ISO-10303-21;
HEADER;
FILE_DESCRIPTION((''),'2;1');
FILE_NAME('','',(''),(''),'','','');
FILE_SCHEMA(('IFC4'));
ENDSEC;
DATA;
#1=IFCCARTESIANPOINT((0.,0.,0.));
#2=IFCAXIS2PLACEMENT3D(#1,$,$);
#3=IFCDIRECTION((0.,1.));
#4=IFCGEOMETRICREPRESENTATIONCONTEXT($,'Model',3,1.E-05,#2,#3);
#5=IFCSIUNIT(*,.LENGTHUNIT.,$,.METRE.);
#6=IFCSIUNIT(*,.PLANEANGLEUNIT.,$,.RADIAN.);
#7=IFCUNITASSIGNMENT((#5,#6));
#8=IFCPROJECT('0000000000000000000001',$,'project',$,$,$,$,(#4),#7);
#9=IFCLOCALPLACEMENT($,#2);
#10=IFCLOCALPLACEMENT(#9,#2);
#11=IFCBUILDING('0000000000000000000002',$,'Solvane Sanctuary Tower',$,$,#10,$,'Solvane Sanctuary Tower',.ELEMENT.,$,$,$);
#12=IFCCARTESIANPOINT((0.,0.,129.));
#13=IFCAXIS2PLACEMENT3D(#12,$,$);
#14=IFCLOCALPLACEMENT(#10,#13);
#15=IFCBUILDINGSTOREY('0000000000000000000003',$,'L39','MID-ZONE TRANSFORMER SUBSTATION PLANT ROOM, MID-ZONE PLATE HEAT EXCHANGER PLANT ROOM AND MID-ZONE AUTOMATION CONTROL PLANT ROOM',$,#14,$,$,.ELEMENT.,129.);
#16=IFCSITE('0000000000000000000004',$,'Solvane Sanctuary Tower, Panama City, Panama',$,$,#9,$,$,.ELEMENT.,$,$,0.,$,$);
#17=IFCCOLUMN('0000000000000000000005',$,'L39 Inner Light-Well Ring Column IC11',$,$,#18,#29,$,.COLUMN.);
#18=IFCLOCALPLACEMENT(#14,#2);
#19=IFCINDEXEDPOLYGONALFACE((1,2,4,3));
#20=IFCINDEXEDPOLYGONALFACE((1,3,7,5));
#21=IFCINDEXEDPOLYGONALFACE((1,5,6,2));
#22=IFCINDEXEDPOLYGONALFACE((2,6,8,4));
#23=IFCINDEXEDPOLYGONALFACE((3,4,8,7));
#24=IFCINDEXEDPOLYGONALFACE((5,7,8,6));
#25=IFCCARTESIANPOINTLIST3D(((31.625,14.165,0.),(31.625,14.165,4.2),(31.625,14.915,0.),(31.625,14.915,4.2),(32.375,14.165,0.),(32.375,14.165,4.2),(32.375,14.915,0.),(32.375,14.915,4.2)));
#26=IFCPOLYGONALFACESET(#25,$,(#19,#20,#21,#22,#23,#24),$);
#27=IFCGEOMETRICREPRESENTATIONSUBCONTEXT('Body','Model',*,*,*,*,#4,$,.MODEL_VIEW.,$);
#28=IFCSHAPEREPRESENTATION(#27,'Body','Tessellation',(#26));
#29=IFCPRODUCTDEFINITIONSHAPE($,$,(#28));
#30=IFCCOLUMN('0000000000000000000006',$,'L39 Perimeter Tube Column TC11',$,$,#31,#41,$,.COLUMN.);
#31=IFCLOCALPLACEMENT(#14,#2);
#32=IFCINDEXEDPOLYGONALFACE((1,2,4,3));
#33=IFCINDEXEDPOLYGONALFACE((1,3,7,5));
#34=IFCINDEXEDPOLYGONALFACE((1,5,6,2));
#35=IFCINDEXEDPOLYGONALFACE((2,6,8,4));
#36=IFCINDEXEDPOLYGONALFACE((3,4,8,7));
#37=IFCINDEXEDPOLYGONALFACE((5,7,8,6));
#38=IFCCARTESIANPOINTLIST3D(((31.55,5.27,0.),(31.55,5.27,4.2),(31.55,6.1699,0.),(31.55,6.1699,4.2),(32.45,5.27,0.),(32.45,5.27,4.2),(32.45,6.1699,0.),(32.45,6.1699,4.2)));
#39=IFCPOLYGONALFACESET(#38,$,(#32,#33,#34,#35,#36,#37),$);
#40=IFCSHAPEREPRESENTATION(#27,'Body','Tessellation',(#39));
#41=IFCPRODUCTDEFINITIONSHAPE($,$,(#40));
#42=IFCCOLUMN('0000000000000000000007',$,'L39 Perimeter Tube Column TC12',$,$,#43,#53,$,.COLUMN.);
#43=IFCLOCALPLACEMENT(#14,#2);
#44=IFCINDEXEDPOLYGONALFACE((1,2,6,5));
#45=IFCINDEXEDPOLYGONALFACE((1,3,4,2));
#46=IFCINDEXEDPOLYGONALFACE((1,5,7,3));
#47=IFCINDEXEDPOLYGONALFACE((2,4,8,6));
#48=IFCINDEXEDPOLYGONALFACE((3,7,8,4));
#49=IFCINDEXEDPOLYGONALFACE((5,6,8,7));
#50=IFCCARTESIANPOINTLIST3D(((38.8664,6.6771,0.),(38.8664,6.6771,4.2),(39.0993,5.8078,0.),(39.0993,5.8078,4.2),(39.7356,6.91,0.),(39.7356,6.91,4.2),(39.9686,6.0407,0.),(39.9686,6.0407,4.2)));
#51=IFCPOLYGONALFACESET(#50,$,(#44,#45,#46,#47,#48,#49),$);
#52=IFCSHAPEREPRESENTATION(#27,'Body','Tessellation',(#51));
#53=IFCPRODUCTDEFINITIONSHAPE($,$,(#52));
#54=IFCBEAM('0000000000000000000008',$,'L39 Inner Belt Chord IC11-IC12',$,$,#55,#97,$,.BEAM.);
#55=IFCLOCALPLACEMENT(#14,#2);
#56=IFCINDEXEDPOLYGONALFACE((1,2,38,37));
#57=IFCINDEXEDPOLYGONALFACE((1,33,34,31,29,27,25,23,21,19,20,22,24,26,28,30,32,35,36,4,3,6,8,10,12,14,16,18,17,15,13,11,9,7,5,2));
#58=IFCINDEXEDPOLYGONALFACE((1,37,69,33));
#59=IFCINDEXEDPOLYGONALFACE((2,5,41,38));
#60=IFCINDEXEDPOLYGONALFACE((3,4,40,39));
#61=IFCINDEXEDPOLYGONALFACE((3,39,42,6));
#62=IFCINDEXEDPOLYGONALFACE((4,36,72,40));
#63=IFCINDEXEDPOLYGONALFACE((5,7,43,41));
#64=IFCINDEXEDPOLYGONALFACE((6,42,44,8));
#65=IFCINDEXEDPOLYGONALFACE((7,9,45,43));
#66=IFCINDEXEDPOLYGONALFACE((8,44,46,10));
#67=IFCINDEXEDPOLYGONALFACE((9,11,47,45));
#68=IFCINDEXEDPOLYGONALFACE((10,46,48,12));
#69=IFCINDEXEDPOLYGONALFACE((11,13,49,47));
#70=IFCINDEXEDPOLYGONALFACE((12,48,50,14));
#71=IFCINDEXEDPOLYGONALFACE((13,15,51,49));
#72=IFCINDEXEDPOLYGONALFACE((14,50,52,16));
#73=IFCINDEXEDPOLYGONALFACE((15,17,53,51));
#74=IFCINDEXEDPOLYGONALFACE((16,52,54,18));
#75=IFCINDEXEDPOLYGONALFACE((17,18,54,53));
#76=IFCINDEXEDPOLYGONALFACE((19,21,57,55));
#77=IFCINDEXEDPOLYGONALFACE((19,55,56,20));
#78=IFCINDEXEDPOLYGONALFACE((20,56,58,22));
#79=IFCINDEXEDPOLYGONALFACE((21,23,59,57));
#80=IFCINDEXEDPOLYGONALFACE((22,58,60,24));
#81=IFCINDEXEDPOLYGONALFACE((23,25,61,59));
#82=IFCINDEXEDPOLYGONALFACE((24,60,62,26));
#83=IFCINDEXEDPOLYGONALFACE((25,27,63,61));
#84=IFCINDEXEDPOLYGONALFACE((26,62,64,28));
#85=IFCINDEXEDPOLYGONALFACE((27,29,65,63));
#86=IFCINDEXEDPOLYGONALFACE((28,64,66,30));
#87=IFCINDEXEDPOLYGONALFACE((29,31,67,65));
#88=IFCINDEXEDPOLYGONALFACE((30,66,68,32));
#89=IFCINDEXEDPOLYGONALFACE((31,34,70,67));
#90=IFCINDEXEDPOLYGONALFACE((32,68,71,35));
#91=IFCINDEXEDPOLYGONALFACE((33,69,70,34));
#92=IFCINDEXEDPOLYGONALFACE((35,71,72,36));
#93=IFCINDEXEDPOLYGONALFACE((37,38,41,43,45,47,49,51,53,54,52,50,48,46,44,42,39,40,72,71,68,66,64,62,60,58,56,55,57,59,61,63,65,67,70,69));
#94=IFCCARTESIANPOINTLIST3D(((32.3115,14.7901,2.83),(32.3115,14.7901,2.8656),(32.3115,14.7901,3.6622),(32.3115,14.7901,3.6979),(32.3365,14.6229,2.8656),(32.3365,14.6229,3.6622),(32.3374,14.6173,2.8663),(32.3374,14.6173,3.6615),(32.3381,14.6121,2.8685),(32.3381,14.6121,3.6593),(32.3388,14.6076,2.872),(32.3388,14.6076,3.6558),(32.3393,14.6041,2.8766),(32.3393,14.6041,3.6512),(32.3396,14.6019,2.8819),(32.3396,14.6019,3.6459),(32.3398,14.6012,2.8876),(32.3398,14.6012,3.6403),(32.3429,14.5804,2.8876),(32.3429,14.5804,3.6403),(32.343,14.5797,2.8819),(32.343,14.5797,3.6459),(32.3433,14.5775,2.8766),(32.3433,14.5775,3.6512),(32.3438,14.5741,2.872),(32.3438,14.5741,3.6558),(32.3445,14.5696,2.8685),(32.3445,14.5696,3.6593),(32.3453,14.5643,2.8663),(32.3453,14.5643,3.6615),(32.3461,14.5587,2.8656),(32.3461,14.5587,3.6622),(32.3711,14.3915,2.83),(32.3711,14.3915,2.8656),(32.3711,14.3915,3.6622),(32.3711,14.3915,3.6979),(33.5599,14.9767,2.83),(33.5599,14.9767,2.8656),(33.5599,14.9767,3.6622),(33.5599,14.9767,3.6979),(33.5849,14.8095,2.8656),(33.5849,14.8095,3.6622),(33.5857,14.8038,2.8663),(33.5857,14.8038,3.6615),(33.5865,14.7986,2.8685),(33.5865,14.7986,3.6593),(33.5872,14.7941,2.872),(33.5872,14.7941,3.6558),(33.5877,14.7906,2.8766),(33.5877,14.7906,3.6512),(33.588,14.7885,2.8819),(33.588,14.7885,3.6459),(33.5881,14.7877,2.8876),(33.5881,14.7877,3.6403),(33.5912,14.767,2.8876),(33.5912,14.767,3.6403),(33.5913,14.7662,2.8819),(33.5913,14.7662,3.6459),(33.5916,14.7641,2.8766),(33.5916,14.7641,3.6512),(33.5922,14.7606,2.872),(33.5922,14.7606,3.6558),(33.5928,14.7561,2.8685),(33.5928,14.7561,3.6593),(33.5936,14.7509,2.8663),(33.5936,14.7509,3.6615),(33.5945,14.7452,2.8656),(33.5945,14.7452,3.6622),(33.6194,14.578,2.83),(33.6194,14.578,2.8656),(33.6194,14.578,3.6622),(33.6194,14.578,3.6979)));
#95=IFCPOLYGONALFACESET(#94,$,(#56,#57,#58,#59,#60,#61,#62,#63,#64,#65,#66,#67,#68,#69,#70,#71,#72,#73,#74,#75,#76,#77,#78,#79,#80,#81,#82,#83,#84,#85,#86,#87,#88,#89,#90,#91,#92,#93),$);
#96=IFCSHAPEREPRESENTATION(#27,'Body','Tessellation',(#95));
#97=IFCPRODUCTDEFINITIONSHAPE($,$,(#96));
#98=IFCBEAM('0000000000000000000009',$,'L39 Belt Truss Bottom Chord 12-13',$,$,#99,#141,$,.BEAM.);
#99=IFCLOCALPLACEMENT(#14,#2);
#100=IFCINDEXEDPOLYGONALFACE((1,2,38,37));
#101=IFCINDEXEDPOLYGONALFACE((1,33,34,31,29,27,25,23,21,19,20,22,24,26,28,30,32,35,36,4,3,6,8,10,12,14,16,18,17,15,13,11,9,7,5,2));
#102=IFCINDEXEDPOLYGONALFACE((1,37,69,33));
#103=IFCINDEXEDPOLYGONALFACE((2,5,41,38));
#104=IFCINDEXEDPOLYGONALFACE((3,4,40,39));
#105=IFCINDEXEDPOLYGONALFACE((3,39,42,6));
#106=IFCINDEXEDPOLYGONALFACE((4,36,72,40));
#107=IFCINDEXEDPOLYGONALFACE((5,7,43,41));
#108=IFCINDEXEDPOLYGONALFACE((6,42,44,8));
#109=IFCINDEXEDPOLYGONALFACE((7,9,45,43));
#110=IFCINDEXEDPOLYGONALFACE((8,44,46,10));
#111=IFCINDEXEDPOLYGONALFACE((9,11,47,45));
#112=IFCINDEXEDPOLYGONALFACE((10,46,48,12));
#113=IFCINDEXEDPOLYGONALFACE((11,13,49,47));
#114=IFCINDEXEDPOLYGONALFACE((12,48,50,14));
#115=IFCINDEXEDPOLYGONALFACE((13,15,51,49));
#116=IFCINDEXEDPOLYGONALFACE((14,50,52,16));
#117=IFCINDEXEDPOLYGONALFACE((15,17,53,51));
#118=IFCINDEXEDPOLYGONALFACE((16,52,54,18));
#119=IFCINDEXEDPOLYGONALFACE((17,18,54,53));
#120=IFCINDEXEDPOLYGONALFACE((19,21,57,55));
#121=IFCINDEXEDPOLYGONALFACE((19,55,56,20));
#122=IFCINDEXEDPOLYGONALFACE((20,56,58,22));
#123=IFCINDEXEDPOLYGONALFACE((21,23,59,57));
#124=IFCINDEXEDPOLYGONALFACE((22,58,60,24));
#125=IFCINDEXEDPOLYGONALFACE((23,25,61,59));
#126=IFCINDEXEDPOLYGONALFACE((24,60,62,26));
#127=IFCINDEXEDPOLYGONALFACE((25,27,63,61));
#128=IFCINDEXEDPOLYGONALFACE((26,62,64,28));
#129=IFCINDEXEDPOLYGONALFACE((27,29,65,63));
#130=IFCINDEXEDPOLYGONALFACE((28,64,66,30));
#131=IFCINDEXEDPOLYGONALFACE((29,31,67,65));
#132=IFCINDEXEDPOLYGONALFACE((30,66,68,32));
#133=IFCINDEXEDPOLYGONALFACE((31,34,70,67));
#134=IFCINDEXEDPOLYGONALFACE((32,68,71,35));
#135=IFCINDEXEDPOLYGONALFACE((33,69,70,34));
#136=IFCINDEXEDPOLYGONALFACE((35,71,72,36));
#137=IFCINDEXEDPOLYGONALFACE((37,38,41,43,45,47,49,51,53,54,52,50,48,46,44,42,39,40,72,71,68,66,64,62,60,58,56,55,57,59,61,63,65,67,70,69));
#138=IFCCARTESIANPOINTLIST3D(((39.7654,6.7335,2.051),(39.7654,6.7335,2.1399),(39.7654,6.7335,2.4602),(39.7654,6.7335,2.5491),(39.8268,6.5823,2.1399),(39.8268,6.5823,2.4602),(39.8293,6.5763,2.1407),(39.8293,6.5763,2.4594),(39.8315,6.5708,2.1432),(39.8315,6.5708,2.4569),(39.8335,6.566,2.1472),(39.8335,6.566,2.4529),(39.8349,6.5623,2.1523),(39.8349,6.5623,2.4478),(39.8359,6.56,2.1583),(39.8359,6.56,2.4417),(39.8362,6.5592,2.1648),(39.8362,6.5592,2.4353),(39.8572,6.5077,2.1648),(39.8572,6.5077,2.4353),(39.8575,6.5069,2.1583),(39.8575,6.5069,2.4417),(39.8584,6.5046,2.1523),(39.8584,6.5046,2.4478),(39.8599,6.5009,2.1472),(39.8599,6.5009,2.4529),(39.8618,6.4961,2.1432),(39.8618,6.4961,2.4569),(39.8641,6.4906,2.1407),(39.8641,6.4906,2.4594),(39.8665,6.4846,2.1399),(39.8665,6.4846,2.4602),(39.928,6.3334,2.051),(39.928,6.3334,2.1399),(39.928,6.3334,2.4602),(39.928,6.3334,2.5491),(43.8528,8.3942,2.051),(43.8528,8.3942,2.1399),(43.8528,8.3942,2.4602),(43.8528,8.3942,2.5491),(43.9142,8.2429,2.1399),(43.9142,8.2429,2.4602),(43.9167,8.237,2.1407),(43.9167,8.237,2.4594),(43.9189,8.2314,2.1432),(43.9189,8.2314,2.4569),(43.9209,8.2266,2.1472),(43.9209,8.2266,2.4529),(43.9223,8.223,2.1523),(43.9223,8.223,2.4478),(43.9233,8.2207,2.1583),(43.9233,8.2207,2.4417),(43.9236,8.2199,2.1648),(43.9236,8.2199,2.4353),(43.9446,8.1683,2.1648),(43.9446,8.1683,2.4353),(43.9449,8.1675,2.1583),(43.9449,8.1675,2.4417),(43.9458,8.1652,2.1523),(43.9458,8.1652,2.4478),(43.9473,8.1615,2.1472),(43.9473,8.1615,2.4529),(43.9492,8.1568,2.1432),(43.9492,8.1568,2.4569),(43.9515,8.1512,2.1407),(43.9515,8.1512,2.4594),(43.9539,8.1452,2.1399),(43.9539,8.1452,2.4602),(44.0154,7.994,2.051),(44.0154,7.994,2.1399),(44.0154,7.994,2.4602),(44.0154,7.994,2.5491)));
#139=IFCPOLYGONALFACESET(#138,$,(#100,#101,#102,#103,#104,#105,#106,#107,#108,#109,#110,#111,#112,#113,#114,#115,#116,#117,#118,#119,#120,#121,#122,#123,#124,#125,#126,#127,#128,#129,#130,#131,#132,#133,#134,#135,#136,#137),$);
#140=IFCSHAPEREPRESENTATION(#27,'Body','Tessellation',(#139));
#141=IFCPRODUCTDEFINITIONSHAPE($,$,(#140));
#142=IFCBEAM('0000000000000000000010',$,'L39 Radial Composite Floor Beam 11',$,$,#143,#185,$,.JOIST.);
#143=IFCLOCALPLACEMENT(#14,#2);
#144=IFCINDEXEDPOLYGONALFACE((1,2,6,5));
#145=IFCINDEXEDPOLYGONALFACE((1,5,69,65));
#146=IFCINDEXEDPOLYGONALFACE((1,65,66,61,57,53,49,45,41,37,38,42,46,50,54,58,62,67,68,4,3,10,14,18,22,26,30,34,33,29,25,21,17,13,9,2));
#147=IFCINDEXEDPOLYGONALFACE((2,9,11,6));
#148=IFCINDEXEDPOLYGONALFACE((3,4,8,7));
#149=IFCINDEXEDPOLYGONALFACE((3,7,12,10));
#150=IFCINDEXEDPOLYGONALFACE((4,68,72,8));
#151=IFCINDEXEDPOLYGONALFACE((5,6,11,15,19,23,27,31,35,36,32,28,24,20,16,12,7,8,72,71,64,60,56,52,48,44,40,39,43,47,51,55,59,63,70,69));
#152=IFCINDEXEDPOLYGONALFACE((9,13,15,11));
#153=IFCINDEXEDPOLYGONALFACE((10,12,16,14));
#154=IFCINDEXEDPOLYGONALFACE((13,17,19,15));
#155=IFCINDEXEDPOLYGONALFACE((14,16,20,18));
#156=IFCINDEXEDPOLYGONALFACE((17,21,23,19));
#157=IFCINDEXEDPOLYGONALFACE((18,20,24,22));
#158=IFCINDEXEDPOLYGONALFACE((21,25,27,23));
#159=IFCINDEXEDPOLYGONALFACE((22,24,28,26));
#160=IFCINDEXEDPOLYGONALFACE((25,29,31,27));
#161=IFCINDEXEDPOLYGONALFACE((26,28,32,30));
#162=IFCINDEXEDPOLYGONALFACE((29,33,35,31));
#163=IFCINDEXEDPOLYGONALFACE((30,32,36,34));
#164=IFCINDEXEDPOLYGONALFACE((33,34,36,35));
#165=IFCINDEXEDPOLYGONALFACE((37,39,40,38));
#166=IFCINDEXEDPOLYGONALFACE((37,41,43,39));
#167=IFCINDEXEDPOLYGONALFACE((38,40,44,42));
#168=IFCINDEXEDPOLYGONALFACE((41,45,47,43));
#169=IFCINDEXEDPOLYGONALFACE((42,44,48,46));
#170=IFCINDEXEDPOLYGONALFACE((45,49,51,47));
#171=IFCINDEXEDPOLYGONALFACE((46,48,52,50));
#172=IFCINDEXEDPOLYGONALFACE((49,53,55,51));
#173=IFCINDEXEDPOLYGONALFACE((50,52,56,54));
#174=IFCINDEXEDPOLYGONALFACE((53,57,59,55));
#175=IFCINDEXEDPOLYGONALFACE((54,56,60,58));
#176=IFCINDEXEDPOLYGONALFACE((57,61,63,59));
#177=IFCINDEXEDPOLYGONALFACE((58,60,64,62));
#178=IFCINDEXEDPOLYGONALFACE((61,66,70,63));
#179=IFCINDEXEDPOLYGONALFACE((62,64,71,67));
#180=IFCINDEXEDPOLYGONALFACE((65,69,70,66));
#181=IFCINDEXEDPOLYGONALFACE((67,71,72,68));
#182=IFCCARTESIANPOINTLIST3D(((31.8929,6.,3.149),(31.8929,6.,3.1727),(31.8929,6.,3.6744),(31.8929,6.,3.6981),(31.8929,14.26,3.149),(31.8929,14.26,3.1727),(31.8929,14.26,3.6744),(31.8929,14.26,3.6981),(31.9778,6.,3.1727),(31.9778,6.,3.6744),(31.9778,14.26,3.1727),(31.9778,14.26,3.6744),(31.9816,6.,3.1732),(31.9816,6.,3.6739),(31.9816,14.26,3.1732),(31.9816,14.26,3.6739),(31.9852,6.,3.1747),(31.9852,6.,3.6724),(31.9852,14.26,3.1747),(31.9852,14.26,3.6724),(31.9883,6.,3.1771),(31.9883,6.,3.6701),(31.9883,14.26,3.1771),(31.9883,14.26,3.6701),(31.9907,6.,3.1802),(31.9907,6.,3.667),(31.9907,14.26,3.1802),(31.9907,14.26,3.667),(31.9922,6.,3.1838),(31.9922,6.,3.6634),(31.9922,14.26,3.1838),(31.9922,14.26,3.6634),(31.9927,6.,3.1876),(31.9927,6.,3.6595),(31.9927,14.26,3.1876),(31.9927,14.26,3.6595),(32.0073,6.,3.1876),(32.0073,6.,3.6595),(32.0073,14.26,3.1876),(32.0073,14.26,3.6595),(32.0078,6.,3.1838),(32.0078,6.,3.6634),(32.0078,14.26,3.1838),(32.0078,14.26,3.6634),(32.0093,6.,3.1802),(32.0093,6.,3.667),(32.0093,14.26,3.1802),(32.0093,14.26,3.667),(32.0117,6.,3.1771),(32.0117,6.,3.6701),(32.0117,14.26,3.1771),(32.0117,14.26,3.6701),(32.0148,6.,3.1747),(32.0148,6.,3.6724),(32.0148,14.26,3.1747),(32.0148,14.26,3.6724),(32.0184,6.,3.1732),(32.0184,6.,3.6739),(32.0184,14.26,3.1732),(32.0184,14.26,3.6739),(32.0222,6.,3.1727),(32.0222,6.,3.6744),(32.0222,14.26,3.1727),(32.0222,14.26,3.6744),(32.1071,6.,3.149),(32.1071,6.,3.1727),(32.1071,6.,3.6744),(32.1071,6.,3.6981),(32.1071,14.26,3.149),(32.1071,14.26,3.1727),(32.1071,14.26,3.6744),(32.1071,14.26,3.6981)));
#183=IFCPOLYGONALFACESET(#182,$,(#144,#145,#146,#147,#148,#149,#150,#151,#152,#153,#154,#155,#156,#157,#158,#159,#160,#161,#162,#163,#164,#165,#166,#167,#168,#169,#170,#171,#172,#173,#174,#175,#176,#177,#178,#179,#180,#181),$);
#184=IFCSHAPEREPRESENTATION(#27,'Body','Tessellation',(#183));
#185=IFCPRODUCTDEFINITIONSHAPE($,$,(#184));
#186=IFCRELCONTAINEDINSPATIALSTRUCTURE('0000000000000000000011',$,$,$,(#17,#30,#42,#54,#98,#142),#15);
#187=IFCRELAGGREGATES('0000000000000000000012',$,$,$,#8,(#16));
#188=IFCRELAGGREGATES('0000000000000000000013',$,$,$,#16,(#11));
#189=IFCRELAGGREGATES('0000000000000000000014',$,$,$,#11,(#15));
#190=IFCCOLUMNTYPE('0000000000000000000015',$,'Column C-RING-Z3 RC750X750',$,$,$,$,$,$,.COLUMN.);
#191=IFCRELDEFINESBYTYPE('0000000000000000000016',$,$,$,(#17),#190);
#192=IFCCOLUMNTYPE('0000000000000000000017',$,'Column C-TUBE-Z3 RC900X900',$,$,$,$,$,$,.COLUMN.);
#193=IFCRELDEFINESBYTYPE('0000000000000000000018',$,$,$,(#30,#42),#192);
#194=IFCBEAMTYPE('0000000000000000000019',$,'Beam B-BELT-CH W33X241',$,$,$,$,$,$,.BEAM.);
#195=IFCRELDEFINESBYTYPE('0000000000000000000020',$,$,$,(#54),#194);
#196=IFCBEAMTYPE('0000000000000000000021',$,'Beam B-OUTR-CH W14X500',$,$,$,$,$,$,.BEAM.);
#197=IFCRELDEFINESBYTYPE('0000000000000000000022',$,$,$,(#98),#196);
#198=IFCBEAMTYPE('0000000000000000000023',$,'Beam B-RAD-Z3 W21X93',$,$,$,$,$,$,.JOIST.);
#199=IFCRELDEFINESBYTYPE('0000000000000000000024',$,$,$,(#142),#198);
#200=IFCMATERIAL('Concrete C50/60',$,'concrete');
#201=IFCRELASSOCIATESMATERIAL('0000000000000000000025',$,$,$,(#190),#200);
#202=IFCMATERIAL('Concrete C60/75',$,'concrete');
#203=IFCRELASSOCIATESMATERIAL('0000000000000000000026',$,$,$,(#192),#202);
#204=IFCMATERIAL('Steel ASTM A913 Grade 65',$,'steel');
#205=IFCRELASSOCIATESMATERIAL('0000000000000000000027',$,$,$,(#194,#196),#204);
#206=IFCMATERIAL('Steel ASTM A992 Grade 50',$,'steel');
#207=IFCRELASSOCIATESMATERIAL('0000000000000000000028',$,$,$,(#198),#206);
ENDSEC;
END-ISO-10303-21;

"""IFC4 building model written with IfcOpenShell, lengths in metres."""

from ifc_helpers import new_model, si_unit, direction, frame, origin, origin_2d, place, context, subcontext, project, spatial, rectangle, i_section, extrude, material, material_profile, profile_set, type_object, element, save


model = new_model("IFC4")

# Units and contexts
model_context = context("Model", 3, precision=1e-05, world=origin(), true_north=direction((0.0, 1.0)))
body_context = subcontext(model_context, "Body", "Model", "MODEL_VIEW")
ifc_project = project(units=[si_unit("LENGTHUNIT", "METRE"), si_unit("PLANEANGLEUNIT", "RADIAN")], contexts=[model_context])

# Site, building, storey
site_placement = place(None, origin())
site = spatial("IfcSite", under=ifc_project, at=site_placement, Name="Solvane Sanctuary Tower, Panama City, Panama", CompositionType="ELEMENT", RefElevation=0.0)
building_placement = place(site_placement, origin())
building = spatial("IfcBuilding", under=site, at=building_placement, Name="Solvane Sanctuary Tower", LongName="Solvane Sanctuary Tower", CompositionType="ELEMENT")
storey_placement = place(building_placement, frame((0.0, 0.0, 129.0)))
storey = spatial("IfcBuildingStorey", under=building, at=storey_placement, Name="L39", Description="MID-ZONE TRANSFORMER SUBSTATION PLANT ROOM, MID-ZONE PLATE HEAT EXCHANGER PLANT ROOM AND MID-ZONE AUTOMATION CONTROL PLANT ROOM", CompositionType="ELEMENT", Elevation=129.0)

# Columns
ifc_material_1 = material(Name="Concrete C50/60", Category="concrete")
ifc_material_profile_1 = material_profile(ifc_material_1, rectangle(XDim=0.75, YDim=0.75, at=origin_2d()), Name="RC750X750")
ifc_profile_set_1 = profile_set([ifc_material_profile_1], Name="Concrete C50/60")
column_type_1 = type_object("IfcColumnType", Name="Column C-RING-Z3 RC750X750", PredefinedType="COLUMN", material=ifc_profile_set_1)
column_placement = place(storey_placement, frame((32.0, 14.54, 0.0), z_axis=(0.0, 0.0, 1.0), x_axis=(1.0, 0.0, 0.0)))
element("IfcColumn", 1, at=column_placement, inside=storey, type_object=column_type_1, Name="L39 Inner Light-Well Ring Column IC11", PredefinedType="COLUMN", context=body_context, shape_type="SweptSolid", body=[
    extrude(rectangle(XDim=0.75, YDim=0.75, at=origin_2d()), origin(), (0.0, 0.0, 1.0), 4.2),
])
ifc_material_2 = material(Name="Concrete C60/75", Category="concrete")
ifc_material_profile_2 = material_profile(ifc_material_2, rectangle(XDim=0.8999, YDim=0.8999, at=origin_2d()), Name="RC900X900")
ifc_profile_set_2 = profile_set([ifc_material_profile_2], Name="Concrete C60/75")
column_type_2 = type_object("IfcColumnType", Name="Column C-TUBE-Z3 RC900X900", PredefinedType="COLUMN", material=ifc_profile_set_2)
for number, where, z_axis, x_axis, name in (
    (2, (32.0, 5.72, 0.0), (0.0, 0.0, 1.0), (0.0, -1.0, 0.0), "L39 Perimeter Tube Column TC11"),
    (3, (39.4175, 6.3589, 0.0), (0.0, 0.0, 1.0), (0.258819, -0.965926, 0.0), "L39 Perimeter Tube Column TC12"),
):
    element("IfcColumn", number, at=place(storey_placement, frame(where, z_axis=z_axis, x_axis=x_axis)), inside=storey, type_object=column_type_2, Name=name, PredefinedType="COLUMN", context=body_context, shape_type="SweptSolid", body=[
        extrude(rectangle(XDim=0.8999, YDim=0.8999, at=origin_2d()), origin(), (0.0, 0.0, 1.0), 4.2),
    ])

# Beams
ifc_material_3 = material(Name="Steel ASTM A913 Grade 65", Category="steel")
ifc_material_profile_3 = material_profile(ifc_material_3, i_section(OverallWidth=0.4031, OverallDepth=0.8679, WebThickness=0.021, FlangeThickness=0.0356, FilletRadius=0.022, at=origin_2d()), Name="W33X241")
ifc_profile_set_3 = profile_set([ifc_material_profile_3], Name="Steel ASTM A913 Grade 65")
beam_type_1 = type_object("IfcBeamType", Name="Beam B-BELT-CH W33X241", PredefinedType="BEAM", material=ifc_profile_set_3)
beam_1_placement = place(storey_placement, frame((32.3413, 14.5908, 3.2639), z_axis=(0.98902, 0.147782, 0.0), x_axis=(-0.147782, 0.98902, 0.0)))
element("IfcBeam", 4, at=beam_1_placement, inside=storey, type_object=beam_type_1, Name="L39 Inner Belt Chord IC11-IC12", PredefinedType="BEAM", context=body_context, shape_type="SweptSolid", body=[
    extrude(i_section(OverallWidth=0.4031, OverallDepth=0.8679, WebThickness=0.021, FlangeThickness=0.0356, FilletRadius=0.022, at=origin_2d()), origin(), (0.0, 0.0, 1.0), 1.2622),
])
ifc_material_profile_4 = material_profile(ifc_material_3, i_section(OverallWidth=0.4319, OverallDepth=0.498, WebThickness=0.0557, FlangeThickness=0.0889, FilletRadius=0.0249, at=origin_2d()), Name="W14X500")
ifc_profile_set_4 = profile_set([ifc_material_profile_4], Name="Steel ASTM A913 Grade 65")
beam_type_2 = type_object("IfcBeamType", Name="Beam B-OUTR-CH W14X500", PredefinedType="BEAM", material=ifc_profile_set_4)
beam_2_placement = place(storey_placement, frame((39.8467, 6.5334, 2.3), z_axis=(0.926456, 0.376404, 0.0), x_axis=(-0.376404, 0.926456, 0.0)))
element("IfcBeam", 5, at=beam_2_placement, inside=storey, type_object=beam_type_2, Name="L39 Belt Truss Bottom Chord 12-13", PredefinedType="BEAM", context=body_context, shape_type="SweptSolid", body=[
    extrude(i_section(OverallWidth=0.4319, OverallDepth=0.498, WebThickness=0.0557, FlangeThickness=0.0889, FilletRadius=0.0249, at=origin_2d()), origin(), (0.0, 0.0, 1.0), 4.4119),
])
ifc_material_4 = material(Name="Steel ASTM A992 Grade 50", Category="steel")
ifc_material_profile_5 = material_profile(ifc_material_4, i_section(OverallWidth=0.2141, OverallDepth=0.5491, WebThickness=0.0146, FlangeThickness=0.0237, FilletRadius=0.0149, at=origin_2d()), Name="W21X93")
ifc_profile_set_5 = profile_set([ifc_material_profile_5], Name="Steel ASTM A992 Grade 50")
beam_type_3 = type_object("IfcBeamType", Name="Beam B-RAD-Z3 W21X93", PredefinedType="JOIST", material=ifc_profile_set_5)
beam_3_placement = place(storey_placement, frame((32.0, 14.26, 3.4236), z_axis=(0.0, -1.0, 0.0), x_axis=(1.0, 0.0, 0.0)))
element("IfcBeam", 6, at=beam_3_placement, inside=storey, type_object=beam_type_3, Name="L39 Radial Composite Floor Beam 11", PredefinedType="JOIST", context=body_context, shape_type="SweptSolid", body=[
    extrude(i_section(OverallWidth=0.2141, OverallDepth=0.5491, WebThickness=0.0146, FlangeThickness=0.0237, FilletRadius=0.0149, at=origin_2d()), origin(), (0.0, 0.0, 1.0), 8.26),
])

save(model, "model.ifc")
